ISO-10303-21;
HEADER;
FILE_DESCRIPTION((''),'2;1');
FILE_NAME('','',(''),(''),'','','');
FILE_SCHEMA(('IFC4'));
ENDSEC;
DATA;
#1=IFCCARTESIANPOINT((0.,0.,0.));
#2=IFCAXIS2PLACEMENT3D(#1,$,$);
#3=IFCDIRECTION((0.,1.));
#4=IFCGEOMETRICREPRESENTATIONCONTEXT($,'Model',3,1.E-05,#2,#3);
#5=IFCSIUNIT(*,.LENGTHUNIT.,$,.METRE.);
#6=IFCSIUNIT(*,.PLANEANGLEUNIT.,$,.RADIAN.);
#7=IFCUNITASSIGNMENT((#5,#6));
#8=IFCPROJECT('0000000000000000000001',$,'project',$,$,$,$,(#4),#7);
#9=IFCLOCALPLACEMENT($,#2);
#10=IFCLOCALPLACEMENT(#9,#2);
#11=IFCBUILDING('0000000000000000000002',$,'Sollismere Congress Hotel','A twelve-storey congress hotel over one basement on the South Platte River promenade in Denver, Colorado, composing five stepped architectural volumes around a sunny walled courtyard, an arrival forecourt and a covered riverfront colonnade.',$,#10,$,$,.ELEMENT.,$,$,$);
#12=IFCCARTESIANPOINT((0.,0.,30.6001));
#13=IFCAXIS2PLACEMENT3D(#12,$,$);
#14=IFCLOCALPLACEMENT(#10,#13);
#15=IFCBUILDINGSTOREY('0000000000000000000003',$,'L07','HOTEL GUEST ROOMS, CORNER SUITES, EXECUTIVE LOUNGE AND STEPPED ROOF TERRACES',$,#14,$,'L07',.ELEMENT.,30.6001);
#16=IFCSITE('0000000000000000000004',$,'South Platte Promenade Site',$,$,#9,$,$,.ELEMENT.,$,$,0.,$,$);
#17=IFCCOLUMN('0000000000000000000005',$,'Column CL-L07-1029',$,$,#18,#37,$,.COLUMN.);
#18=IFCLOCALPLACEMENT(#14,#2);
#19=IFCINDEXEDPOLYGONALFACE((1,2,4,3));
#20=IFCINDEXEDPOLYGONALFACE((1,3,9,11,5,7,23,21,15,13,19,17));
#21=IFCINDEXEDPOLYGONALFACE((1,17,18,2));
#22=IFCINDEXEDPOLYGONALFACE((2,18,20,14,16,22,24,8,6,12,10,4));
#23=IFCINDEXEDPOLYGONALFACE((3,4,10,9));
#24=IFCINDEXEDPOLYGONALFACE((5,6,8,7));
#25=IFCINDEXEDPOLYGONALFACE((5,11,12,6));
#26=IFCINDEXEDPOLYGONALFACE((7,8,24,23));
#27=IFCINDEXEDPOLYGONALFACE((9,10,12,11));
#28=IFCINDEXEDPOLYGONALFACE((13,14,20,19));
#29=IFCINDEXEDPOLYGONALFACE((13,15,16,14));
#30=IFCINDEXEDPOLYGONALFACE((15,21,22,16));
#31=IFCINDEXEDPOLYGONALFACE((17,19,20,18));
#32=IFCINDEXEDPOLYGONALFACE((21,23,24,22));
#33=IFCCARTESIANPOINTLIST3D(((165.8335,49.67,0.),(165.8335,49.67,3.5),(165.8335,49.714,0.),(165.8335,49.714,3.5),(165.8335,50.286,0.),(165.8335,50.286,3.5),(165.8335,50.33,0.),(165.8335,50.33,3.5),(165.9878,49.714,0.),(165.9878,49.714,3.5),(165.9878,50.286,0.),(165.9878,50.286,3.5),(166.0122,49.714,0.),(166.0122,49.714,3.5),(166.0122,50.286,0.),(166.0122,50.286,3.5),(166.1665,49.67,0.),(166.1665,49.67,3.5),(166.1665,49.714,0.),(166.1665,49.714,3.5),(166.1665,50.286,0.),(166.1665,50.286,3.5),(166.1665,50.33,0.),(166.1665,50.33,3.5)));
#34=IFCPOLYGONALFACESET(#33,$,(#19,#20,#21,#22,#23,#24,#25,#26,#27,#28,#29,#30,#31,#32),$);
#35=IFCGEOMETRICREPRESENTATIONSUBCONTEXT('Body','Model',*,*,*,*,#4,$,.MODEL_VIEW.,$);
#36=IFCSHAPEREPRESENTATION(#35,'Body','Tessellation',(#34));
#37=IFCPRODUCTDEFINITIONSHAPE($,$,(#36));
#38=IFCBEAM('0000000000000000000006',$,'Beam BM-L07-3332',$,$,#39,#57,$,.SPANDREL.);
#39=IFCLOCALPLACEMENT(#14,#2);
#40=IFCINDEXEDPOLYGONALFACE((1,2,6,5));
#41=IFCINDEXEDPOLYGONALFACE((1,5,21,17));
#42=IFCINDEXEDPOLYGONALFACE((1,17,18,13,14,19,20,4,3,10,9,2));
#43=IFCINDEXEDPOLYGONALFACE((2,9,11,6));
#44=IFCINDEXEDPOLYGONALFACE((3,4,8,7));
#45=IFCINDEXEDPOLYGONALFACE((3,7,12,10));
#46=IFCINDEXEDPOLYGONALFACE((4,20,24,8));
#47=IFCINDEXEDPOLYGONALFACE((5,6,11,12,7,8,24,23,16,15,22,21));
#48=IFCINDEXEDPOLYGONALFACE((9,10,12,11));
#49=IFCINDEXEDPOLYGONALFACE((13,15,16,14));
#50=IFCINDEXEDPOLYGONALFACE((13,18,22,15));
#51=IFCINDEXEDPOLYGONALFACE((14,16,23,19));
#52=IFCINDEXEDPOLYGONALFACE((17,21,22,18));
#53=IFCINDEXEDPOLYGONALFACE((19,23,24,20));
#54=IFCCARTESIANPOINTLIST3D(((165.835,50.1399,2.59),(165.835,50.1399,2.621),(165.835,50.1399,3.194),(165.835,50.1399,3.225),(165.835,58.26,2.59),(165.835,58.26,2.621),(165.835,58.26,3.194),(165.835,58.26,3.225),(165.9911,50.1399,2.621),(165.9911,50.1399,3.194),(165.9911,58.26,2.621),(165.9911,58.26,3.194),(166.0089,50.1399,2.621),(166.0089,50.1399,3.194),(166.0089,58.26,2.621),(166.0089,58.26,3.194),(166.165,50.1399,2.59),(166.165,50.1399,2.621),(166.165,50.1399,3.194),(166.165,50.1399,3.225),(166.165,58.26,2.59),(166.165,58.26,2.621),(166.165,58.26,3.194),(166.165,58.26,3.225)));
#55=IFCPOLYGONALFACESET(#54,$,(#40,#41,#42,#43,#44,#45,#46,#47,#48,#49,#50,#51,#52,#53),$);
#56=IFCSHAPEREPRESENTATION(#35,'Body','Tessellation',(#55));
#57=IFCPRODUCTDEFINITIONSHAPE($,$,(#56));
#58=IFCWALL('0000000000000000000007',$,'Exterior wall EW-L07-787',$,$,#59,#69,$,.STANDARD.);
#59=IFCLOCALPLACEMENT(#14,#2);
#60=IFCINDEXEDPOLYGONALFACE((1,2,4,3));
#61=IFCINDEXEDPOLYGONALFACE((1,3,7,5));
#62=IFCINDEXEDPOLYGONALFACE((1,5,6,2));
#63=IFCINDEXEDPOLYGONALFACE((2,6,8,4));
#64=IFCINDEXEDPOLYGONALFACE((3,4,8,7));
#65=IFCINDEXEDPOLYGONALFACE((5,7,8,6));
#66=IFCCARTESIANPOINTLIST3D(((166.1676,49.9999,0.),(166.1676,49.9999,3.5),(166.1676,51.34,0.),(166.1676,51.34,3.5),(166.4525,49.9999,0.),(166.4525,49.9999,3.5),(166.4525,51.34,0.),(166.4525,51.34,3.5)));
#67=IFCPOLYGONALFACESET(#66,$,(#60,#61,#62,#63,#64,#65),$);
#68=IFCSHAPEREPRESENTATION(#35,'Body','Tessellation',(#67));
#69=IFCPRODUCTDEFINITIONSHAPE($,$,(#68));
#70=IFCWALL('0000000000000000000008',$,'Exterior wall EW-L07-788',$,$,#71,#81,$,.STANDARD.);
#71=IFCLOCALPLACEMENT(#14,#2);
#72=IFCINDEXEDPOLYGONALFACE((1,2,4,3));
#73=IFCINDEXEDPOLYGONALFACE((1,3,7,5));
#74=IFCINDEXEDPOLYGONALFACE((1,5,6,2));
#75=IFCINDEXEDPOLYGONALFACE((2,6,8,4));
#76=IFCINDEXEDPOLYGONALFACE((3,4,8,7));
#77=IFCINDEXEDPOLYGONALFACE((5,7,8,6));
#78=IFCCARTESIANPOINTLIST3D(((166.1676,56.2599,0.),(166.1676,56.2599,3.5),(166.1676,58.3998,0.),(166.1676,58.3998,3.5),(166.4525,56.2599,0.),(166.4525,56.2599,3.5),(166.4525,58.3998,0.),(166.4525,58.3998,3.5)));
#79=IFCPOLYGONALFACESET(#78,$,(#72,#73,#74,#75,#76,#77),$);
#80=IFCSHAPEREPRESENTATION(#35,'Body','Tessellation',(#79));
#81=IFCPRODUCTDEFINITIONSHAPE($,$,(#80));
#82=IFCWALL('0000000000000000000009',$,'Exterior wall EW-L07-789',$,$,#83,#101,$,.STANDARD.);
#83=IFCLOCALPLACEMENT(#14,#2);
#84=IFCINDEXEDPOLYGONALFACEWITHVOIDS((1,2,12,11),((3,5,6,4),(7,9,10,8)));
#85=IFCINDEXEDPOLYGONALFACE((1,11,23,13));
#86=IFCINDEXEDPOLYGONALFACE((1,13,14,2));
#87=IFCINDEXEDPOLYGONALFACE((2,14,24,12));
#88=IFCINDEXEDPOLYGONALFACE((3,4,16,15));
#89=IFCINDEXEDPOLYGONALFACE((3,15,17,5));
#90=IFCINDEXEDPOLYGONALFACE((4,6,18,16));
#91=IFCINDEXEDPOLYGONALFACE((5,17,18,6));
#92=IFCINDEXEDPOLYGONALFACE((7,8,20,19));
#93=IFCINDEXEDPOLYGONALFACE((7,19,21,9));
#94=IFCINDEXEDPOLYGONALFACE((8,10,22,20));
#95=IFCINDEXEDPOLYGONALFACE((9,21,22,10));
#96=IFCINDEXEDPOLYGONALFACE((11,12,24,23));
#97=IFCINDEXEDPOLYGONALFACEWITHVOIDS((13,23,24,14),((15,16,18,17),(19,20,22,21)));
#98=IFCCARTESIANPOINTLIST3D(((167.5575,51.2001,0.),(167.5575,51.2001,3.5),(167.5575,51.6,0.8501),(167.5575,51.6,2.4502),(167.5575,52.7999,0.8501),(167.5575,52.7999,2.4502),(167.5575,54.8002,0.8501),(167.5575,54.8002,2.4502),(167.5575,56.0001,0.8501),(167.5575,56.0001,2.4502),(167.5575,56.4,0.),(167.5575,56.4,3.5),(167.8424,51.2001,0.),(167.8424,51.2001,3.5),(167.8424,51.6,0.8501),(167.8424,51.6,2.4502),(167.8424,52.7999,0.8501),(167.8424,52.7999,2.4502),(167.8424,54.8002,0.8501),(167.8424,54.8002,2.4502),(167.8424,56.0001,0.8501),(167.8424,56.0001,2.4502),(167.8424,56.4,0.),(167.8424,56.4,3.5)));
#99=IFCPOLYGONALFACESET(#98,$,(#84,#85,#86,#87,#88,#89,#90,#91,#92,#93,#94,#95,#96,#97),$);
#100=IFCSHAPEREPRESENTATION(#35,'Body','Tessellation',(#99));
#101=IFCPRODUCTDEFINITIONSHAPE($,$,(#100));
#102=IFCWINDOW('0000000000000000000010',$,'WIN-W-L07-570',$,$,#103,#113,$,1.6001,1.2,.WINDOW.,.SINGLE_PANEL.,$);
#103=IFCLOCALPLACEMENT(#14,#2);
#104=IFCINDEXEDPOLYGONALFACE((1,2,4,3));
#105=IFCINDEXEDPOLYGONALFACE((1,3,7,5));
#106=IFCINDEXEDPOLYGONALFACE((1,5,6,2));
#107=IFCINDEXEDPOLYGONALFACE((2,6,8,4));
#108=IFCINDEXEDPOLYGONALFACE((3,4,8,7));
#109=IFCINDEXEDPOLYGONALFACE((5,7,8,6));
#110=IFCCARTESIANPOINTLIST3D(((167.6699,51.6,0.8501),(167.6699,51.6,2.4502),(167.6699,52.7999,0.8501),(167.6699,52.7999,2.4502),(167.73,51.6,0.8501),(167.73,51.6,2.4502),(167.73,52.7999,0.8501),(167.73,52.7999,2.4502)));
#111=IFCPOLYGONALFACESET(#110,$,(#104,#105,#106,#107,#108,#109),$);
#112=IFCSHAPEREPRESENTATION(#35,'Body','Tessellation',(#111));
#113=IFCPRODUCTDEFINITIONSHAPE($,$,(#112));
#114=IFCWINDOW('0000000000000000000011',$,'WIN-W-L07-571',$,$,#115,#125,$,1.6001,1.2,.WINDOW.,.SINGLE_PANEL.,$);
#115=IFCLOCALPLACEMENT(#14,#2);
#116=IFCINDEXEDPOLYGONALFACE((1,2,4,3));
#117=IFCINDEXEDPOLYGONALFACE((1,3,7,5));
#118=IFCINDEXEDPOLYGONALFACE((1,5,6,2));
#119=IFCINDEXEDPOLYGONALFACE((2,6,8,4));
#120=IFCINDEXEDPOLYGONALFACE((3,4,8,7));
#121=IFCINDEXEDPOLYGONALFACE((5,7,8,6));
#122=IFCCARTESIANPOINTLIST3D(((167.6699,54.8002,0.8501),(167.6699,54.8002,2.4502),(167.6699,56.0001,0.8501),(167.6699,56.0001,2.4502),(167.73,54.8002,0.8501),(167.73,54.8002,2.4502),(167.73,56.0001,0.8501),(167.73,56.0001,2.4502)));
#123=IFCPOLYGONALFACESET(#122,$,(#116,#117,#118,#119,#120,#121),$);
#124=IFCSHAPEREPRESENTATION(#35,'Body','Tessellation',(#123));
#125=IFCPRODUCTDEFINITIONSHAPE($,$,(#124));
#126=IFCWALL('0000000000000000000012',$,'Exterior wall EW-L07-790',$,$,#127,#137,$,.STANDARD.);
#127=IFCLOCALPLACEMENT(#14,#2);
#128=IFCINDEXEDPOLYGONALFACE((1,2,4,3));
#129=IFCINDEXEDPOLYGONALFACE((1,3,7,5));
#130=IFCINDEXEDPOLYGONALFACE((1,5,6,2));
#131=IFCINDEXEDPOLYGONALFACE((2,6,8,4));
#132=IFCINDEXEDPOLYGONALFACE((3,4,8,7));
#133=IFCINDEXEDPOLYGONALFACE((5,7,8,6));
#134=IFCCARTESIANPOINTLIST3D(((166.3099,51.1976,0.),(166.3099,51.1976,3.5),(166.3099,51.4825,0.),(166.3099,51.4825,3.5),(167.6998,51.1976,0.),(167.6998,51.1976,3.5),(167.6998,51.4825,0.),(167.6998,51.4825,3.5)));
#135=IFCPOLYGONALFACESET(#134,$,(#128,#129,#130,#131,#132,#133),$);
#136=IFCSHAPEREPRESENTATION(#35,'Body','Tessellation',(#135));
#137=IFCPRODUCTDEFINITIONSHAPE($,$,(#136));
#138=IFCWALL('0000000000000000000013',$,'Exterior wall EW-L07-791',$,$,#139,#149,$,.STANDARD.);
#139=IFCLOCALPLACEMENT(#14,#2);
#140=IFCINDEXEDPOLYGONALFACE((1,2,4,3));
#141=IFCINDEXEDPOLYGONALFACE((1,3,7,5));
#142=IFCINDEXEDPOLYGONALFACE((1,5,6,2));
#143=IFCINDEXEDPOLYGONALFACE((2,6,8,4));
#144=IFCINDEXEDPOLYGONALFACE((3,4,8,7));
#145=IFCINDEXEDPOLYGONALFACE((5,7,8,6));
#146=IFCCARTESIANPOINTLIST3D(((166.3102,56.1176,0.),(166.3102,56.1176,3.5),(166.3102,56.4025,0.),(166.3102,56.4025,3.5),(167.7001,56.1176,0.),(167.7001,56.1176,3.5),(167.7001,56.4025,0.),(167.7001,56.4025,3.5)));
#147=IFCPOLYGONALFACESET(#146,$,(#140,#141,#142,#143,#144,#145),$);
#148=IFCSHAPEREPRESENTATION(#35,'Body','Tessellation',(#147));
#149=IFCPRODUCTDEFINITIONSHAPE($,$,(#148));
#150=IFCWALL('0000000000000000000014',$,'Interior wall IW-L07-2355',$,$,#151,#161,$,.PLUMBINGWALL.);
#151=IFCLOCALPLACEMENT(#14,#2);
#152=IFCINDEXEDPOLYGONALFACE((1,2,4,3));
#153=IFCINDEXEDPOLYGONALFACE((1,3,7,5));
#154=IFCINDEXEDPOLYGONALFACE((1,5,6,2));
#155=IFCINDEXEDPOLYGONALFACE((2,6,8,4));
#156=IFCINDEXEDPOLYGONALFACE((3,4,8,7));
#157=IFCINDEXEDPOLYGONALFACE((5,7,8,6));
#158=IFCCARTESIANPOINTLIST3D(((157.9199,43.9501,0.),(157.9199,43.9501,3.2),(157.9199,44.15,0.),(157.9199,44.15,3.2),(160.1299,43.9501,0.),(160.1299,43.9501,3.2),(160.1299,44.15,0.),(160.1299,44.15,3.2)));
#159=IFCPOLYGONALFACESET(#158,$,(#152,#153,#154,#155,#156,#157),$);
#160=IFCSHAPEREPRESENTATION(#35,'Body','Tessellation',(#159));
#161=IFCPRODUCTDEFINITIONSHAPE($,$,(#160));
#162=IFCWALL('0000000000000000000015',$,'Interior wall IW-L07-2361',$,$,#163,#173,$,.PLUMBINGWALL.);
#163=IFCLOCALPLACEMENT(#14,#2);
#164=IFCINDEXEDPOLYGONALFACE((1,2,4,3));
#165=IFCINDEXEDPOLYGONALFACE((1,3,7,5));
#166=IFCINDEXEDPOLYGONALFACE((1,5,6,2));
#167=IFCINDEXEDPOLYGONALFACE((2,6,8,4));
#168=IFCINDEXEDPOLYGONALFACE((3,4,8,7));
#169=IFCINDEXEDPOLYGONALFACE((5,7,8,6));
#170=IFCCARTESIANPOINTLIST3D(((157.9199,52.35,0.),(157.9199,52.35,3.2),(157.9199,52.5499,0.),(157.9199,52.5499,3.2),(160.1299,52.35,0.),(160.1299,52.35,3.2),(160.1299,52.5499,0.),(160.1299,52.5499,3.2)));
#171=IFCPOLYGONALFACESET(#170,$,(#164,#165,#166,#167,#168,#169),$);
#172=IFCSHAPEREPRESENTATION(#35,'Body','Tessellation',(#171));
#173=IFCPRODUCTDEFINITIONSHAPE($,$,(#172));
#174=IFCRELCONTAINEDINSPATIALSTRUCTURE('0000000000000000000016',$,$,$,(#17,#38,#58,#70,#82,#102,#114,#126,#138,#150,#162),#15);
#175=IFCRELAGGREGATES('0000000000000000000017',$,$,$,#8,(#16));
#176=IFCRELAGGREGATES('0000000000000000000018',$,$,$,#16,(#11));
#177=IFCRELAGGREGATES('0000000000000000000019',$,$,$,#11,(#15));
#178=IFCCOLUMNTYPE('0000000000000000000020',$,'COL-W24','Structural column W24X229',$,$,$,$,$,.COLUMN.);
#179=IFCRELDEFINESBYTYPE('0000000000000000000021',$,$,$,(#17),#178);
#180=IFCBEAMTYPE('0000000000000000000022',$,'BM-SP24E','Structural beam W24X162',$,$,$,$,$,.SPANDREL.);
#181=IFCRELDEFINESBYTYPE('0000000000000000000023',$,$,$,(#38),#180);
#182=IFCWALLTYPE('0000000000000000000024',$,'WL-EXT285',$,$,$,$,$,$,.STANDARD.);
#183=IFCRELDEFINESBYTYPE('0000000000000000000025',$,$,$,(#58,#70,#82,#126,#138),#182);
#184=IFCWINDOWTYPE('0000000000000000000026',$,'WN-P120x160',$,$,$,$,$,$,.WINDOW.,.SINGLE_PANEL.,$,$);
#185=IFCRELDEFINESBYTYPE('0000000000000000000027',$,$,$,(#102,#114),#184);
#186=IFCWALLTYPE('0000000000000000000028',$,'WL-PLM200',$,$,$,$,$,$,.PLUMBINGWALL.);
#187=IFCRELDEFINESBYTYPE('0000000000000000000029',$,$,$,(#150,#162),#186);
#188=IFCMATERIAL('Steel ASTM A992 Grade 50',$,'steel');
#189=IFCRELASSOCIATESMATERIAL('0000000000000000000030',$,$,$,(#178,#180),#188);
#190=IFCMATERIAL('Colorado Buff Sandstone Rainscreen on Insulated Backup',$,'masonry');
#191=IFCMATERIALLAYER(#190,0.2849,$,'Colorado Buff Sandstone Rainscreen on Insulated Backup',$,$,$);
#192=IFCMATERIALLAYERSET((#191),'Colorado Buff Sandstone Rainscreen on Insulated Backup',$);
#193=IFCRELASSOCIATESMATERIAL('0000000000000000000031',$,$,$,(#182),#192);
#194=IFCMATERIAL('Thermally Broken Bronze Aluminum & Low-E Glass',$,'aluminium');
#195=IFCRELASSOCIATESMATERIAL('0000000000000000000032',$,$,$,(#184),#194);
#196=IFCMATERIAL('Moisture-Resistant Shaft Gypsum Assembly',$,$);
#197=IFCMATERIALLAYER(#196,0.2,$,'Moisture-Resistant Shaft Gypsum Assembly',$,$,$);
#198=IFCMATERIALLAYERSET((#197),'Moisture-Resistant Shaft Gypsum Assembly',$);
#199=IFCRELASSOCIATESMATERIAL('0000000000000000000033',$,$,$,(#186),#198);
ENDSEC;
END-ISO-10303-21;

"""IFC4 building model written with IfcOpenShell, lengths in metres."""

from ifc_helpers import new_model, si_unit, direction, frame, frame_2d, origin, origin_2d, place, context, subcontext, project, spatial, rectangle, i_section, extrude, material, layer, layer_set, material_profile, profile_set, type_object, element, fill, save


model = new_model("IFC4")

# Units and contexts
model_context = context("Model", 3, precision=1e-05, world=origin(), true_north=direction((0.0, 1.0)))
body_context = subcontext(model_context, "Body", "Model", "MODEL_VIEW")
ifc_project = project(units=[si_unit("LENGTHUNIT", "METRE"), si_unit("PLANEANGLEUNIT", "RADIAN")], contexts=[model_context])

# Site, building, storey
site_placement = place(None, origin())
site = spatial("IfcSite", under=ifc_project, at=site_placement, Name="South Platte Promenade Site", CompositionType="ELEMENT", RefElevation=0.0)
building_placement = place(site_placement, origin())
building = spatial("IfcBuilding", under=site, at=building_placement, Name="Sollismere Congress Hotel", Description="A twelve-storey congress hotel over one basement on the South Platte River promenade in Denver, Colorado, composing five stepped architectural volumes around a sunny walled courtyard, an arrival forecourt and a covered riverfront colonnade.", CompositionType="ELEMENT")
storey_placement = place(building_placement, frame((0.0, 0.0, 30.6001)))
storey = spatial("IfcBuildingStorey", under=building, at=storey_placement, Name="L07", Description="HOTEL GUEST ROOMS, CORNER SUITES, EXECUTIVE LOUNGE AND STEPPED ROOF TERRACES", LongName="L07", CompositionType="ELEMENT", Elevation=30.6001)

# Column
ifc_material_1 = material(Name="Steel ASTM A992 Grade 50", Category="steel")
ifc_material_profile_1 = material_profile(ifc_material_1, i_section(OverallWidth=0.333, OverallDepth=0.6599, WebThickness=0.0244, FlangeThickness=0.0439, at=origin_2d()), Name="W24X229")
ifc_profile_set_1 = profile_set([ifc_material_profile_1], Name="Steel ASTM A992 Grade 50")
column_type = type_object("IfcColumnType", Name="COL-W24", Description="Structural column W24X229", PredefinedType="COLUMN", material=ifc_profile_set_1)
column_placement = place(storey_placement, frame((166.0, 50.0, 0.0), z_axis=(0.0, 0.0, 1.0), x_axis=(1.0, 0.0, 0.0)))
element("IfcColumn", 1, at=column_placement, inside=storey, type_object=column_type, Name="Column CL-L07-1029", PredefinedType="COLUMN", context=body_context, shape_type="SweptSolid", body=[
    extrude(i_section(OverallWidth=0.333, OverallDepth=0.6599, WebThickness=0.0244, FlangeThickness=0.0439, at=origin_2d()), origin(), (0.0, 0.0, 1.0), 3.5),
])

# Beam
ifc_material_profile_2 = material_profile(ifc_material_1, i_section(OverallWidth=0.3301, OverallDepth=0.635, WebThickness=0.0178, FlangeThickness=0.031, at=origin_2d()), Name="W24X162")
ifc_profile_set_2 = profile_set([ifc_material_profile_2], Name="Steel ASTM A992 Grade 50")
beam_type = type_object("IfcBeamType", Name="BM-SP24E", Description="Structural beam W24X162", PredefinedType="SPANDREL", material=ifc_profile_set_2)
beam_placement = place(storey_placement, frame((166.0, 50.1399, 2.9075), z_axis=(0.0, 1.0, 0.0), x_axis=(-1.0, 0.0, 0.0)))
element("IfcBeam", 2, at=beam_placement, inside=storey, type_object=beam_type, Name="Beam BM-L07-3332", PredefinedType="SPANDREL", context=body_context, shape_type="SweptSolid", body=[
    extrude(i_section(OverallWidth=0.3301, OverallDepth=0.635, WebThickness=0.0178, FlangeThickness=0.031, at=origin_2d()), origin(), (0.0, 0.0, 1.0), 8.1201),
])

# Walls
ifc_material_2 = material(Name="Colorado Buff Sandstone Rainscreen on Insulated Backup", Category="masonry")
ifc_layer_1 = layer(ifc_material_2, 0.2849, Name="Colorado Buff Sandstone Rainscreen on Insulated Backup")
ifc_layer_set_1 = layer_set([ifc_layer_1], Name="Colorado Buff Sandstone Rainscreen on Insulated Backup")
wall_type_1 = type_object("IfcWallType", Name="WL-EXT285", PredefinedType="STANDARD", material=ifc_layer_set_1)
wall_1_placement = place(storey_placement, frame((166.3101, 50.0, 0.0), z_axis=(0.0, 0.0, 1.0), x_axis=(0.0, 1.0, 0.0)))
element("IfcWall", 3, at=wall_1_placement, inside=storey, type_object=wall_type_1, Name="Exterior wall EW-L07-787", PredefinedType="STANDARD", context=body_context, shape_type="SweptSolid", body=[
    extrude(rectangle(XDim=1.3401, YDim=0.2849, at=frame_2d((0.6699, 0.0))), origin(), (0.0, 0.0, 1.0), 3.5),
])
wall_2_placement = place(storey_placement, frame((166.3101, 56.26, 0.0), z_axis=(0.0, 0.0, 1.0), x_axis=(0.0, 1.0, 0.0)))
element("IfcWall", 4, at=wall_2_placement, inside=storey, type_object=wall_type_1, Name="Exterior wall EW-L07-788", PredefinedType="STANDARD", context=body_context, shape_type="SweptSolid", body=[
    extrude(rectangle(XDim=2.1399, YDim=0.2849, at=frame_2d((1.0698, 0.0))), origin(), (0.0, 0.0, 1.0), 3.5),
])

# Wall, openings, windows
wall_3_placement = place(storey_placement, frame((167.7, 51.2, 0.0), z_axis=(0.0, 0.0, 1.0), x_axis=(0.0, 1.0, 0.0)))
wall_3 = element("IfcWall", 5, at=wall_3_placement, inside=storey, type_object=wall_type_1, Name="Exterior wall EW-L07-789", PredefinedType="STANDARD", context=body_context, shape_type="SweptSolid", body=[
    extrude(rectangle(XDim=5.2, YDim=0.2849, at=frame_2d((2.6001, 0.0))), origin(), (0.0, 0.0, 1.0), 3.5),
])
opening_1_placement = place(wall_3_placement, frame((0.3999, 0.0, 0.8501)))
opening_1 = element("IfcOpeningElement", 6, at=opening_1_placement, cuts=wall_3, PredefinedType="OPENING", context=body_context, shape_type="SweptSolid", body=[
    extrude(rectangle(XDim=1.2, YDim=1.6001, at=frame_2d((0.6001, 0.8))), frame((0.0, 0.1523, 0.0), z_axis=(0.0, -1.0, 0.0), x_axis=(1.0, 0.0, 0.0)), (0.0, 0.0, 1.0), 0.3049),
])
opening_2_placement = place(wall_3_placement, frame((3.6001, 0.0, 0.8501)))
opening_2 = element("IfcOpeningElement", 7, at=opening_2_placement, cuts=wall_3, PredefinedType="OPENING", context=body_context, shape_type="SweptSolid", body=[
    extrude(rectangle(XDim=1.2, YDim=1.6001, at=frame_2d((0.6001, 0.8))), frame((0.0, 0.1523, 0.0), z_axis=(0.0, -1.0, 0.0), x_axis=(1.0, 0.0, 0.0)), (0.0, 0.0, 1.0), 0.3049),
])
ifc_material_3 = material(Name="Thermally Broken Bronze Aluminum & Low-E Glass", Category="aluminium")
window_type = type_object("IfcWindowType", Name="WN-P120x160", PartitioningType="SINGLE_PANEL", PredefinedType="WINDOW", material=ifc_material_3)
window_1_placement = place(opening_1_placement, origin())
window_1 = element("IfcWindow", 8, at=window_1_placement, inside=storey, type_object=window_type, Name="WIN-W-L07-570", OverallHeight=1.6001, OverallWidth=1.2, PartitioningType="SINGLE_PANEL", PredefinedType="WINDOW", context=body_context, shape_type="SweptSolid", body=[
    extrude(rectangle(XDim=1.2, YDim=1.6001, at=frame_2d((0.6001, 0.8))), frame((0.0, 0.03, 0.0), z_axis=(0.0, -1.0, 0.0), x_axis=(1.0, 0.0, 0.0)), (0.0, 0.0, 1.0), 0.0601),
])
fill(opening_1, window_1)
window_2_placement = place(opening_2_placement, origin())
window_2 = element("IfcWindow", 9, at=window_2_placement, inside=storey, type_object=window_type, Name="WIN-W-L07-571", OverallHeight=1.6001, OverallWidth=1.2, PartitioningType="SINGLE_PANEL", PredefinedType="WINDOW", context=body_context, shape_type="SweptSolid", body=[
    extrude(rectangle(XDim=1.2, YDim=1.6001, at=frame_2d((0.6001, 0.8))), frame((0.0, 0.03, 0.0), z_axis=(0.0, -1.0, 0.0), x_axis=(1.0, 0.0, 0.0)), (0.0, 0.0, 1.0), 0.0601),
])
fill(opening_2, window_2)

# Walls
for number, where, z_axis, x_axis, name in (
    (10, (166.3101, 51.3401, 0.0), (0.0, 0.0, 1.0), (1.0, 0.0, 0.0), "Exterior wall EW-L07-790"),
    (11, (167.7, 56.26, 0.0), (0.0, 0.0, 1.0), (-1.0, 0.0, 0.0), "Exterior wall EW-L07-791"),
):
    element("IfcWall", number, at=place(storey_placement, frame(where, z_axis=z_axis, x_axis=x_axis)), inside=storey, type_object=wall_type_1, Name=name, PredefinedType="STANDARD", context=body_context, shape_type="SweptSolid", body=[
        extrude(rectangle(XDim=1.3899, YDim=0.2849, at=frame_2d((0.6948, 0.0))), origin(), (0.0, 0.0, 1.0), 3.5),
    ])
ifc_material_4 = material(Name="Moisture-Resistant Shaft Gypsum Assembly")
ifc_layer_2 = layer(ifc_material_4, 0.2, Name="Moisture-Resistant Shaft Gypsum Assembly")
ifc_layer_set_2 = layer_set([ifc_layer_2], Name="Moisture-Resistant Shaft Gypsum Assembly")
wall_type_2 = type_object("IfcWallType", Name="WL-PLM200", PredefinedType="PLUMBINGWALL", material=ifc_layer_set_2)
for number, where, z_axis, x_axis, name in (
    (12, (157.9199, 44.05, 0.0), (0.0, 0.0, 1.0), (1.0, 0.0, 0.0), "Interior wall IW-L07-2355"),
    (13, (157.9199, 52.45, 0.0), (0.0, 0.0, 1.0), (1.0, 0.0, 0.0), "Interior wall IW-L07-2361"),
):
    element("IfcWall", number, at=place(storey_placement, frame(where, z_axis=z_axis, x_axis=x_axis)), inside=storey, type_object=wall_type_2, Name=name, PredefinedType="PLUMBINGWALL", context=body_context, shape_type="SweptSolid", body=[
        extrude(rectangle(XDim=2.21, YDim=0.2, at=frame_2d((1.105, 0.0))), origin(), (0.0, 0.0, 1.0), 3.2),
    ])

save(model, "model.ifc")
